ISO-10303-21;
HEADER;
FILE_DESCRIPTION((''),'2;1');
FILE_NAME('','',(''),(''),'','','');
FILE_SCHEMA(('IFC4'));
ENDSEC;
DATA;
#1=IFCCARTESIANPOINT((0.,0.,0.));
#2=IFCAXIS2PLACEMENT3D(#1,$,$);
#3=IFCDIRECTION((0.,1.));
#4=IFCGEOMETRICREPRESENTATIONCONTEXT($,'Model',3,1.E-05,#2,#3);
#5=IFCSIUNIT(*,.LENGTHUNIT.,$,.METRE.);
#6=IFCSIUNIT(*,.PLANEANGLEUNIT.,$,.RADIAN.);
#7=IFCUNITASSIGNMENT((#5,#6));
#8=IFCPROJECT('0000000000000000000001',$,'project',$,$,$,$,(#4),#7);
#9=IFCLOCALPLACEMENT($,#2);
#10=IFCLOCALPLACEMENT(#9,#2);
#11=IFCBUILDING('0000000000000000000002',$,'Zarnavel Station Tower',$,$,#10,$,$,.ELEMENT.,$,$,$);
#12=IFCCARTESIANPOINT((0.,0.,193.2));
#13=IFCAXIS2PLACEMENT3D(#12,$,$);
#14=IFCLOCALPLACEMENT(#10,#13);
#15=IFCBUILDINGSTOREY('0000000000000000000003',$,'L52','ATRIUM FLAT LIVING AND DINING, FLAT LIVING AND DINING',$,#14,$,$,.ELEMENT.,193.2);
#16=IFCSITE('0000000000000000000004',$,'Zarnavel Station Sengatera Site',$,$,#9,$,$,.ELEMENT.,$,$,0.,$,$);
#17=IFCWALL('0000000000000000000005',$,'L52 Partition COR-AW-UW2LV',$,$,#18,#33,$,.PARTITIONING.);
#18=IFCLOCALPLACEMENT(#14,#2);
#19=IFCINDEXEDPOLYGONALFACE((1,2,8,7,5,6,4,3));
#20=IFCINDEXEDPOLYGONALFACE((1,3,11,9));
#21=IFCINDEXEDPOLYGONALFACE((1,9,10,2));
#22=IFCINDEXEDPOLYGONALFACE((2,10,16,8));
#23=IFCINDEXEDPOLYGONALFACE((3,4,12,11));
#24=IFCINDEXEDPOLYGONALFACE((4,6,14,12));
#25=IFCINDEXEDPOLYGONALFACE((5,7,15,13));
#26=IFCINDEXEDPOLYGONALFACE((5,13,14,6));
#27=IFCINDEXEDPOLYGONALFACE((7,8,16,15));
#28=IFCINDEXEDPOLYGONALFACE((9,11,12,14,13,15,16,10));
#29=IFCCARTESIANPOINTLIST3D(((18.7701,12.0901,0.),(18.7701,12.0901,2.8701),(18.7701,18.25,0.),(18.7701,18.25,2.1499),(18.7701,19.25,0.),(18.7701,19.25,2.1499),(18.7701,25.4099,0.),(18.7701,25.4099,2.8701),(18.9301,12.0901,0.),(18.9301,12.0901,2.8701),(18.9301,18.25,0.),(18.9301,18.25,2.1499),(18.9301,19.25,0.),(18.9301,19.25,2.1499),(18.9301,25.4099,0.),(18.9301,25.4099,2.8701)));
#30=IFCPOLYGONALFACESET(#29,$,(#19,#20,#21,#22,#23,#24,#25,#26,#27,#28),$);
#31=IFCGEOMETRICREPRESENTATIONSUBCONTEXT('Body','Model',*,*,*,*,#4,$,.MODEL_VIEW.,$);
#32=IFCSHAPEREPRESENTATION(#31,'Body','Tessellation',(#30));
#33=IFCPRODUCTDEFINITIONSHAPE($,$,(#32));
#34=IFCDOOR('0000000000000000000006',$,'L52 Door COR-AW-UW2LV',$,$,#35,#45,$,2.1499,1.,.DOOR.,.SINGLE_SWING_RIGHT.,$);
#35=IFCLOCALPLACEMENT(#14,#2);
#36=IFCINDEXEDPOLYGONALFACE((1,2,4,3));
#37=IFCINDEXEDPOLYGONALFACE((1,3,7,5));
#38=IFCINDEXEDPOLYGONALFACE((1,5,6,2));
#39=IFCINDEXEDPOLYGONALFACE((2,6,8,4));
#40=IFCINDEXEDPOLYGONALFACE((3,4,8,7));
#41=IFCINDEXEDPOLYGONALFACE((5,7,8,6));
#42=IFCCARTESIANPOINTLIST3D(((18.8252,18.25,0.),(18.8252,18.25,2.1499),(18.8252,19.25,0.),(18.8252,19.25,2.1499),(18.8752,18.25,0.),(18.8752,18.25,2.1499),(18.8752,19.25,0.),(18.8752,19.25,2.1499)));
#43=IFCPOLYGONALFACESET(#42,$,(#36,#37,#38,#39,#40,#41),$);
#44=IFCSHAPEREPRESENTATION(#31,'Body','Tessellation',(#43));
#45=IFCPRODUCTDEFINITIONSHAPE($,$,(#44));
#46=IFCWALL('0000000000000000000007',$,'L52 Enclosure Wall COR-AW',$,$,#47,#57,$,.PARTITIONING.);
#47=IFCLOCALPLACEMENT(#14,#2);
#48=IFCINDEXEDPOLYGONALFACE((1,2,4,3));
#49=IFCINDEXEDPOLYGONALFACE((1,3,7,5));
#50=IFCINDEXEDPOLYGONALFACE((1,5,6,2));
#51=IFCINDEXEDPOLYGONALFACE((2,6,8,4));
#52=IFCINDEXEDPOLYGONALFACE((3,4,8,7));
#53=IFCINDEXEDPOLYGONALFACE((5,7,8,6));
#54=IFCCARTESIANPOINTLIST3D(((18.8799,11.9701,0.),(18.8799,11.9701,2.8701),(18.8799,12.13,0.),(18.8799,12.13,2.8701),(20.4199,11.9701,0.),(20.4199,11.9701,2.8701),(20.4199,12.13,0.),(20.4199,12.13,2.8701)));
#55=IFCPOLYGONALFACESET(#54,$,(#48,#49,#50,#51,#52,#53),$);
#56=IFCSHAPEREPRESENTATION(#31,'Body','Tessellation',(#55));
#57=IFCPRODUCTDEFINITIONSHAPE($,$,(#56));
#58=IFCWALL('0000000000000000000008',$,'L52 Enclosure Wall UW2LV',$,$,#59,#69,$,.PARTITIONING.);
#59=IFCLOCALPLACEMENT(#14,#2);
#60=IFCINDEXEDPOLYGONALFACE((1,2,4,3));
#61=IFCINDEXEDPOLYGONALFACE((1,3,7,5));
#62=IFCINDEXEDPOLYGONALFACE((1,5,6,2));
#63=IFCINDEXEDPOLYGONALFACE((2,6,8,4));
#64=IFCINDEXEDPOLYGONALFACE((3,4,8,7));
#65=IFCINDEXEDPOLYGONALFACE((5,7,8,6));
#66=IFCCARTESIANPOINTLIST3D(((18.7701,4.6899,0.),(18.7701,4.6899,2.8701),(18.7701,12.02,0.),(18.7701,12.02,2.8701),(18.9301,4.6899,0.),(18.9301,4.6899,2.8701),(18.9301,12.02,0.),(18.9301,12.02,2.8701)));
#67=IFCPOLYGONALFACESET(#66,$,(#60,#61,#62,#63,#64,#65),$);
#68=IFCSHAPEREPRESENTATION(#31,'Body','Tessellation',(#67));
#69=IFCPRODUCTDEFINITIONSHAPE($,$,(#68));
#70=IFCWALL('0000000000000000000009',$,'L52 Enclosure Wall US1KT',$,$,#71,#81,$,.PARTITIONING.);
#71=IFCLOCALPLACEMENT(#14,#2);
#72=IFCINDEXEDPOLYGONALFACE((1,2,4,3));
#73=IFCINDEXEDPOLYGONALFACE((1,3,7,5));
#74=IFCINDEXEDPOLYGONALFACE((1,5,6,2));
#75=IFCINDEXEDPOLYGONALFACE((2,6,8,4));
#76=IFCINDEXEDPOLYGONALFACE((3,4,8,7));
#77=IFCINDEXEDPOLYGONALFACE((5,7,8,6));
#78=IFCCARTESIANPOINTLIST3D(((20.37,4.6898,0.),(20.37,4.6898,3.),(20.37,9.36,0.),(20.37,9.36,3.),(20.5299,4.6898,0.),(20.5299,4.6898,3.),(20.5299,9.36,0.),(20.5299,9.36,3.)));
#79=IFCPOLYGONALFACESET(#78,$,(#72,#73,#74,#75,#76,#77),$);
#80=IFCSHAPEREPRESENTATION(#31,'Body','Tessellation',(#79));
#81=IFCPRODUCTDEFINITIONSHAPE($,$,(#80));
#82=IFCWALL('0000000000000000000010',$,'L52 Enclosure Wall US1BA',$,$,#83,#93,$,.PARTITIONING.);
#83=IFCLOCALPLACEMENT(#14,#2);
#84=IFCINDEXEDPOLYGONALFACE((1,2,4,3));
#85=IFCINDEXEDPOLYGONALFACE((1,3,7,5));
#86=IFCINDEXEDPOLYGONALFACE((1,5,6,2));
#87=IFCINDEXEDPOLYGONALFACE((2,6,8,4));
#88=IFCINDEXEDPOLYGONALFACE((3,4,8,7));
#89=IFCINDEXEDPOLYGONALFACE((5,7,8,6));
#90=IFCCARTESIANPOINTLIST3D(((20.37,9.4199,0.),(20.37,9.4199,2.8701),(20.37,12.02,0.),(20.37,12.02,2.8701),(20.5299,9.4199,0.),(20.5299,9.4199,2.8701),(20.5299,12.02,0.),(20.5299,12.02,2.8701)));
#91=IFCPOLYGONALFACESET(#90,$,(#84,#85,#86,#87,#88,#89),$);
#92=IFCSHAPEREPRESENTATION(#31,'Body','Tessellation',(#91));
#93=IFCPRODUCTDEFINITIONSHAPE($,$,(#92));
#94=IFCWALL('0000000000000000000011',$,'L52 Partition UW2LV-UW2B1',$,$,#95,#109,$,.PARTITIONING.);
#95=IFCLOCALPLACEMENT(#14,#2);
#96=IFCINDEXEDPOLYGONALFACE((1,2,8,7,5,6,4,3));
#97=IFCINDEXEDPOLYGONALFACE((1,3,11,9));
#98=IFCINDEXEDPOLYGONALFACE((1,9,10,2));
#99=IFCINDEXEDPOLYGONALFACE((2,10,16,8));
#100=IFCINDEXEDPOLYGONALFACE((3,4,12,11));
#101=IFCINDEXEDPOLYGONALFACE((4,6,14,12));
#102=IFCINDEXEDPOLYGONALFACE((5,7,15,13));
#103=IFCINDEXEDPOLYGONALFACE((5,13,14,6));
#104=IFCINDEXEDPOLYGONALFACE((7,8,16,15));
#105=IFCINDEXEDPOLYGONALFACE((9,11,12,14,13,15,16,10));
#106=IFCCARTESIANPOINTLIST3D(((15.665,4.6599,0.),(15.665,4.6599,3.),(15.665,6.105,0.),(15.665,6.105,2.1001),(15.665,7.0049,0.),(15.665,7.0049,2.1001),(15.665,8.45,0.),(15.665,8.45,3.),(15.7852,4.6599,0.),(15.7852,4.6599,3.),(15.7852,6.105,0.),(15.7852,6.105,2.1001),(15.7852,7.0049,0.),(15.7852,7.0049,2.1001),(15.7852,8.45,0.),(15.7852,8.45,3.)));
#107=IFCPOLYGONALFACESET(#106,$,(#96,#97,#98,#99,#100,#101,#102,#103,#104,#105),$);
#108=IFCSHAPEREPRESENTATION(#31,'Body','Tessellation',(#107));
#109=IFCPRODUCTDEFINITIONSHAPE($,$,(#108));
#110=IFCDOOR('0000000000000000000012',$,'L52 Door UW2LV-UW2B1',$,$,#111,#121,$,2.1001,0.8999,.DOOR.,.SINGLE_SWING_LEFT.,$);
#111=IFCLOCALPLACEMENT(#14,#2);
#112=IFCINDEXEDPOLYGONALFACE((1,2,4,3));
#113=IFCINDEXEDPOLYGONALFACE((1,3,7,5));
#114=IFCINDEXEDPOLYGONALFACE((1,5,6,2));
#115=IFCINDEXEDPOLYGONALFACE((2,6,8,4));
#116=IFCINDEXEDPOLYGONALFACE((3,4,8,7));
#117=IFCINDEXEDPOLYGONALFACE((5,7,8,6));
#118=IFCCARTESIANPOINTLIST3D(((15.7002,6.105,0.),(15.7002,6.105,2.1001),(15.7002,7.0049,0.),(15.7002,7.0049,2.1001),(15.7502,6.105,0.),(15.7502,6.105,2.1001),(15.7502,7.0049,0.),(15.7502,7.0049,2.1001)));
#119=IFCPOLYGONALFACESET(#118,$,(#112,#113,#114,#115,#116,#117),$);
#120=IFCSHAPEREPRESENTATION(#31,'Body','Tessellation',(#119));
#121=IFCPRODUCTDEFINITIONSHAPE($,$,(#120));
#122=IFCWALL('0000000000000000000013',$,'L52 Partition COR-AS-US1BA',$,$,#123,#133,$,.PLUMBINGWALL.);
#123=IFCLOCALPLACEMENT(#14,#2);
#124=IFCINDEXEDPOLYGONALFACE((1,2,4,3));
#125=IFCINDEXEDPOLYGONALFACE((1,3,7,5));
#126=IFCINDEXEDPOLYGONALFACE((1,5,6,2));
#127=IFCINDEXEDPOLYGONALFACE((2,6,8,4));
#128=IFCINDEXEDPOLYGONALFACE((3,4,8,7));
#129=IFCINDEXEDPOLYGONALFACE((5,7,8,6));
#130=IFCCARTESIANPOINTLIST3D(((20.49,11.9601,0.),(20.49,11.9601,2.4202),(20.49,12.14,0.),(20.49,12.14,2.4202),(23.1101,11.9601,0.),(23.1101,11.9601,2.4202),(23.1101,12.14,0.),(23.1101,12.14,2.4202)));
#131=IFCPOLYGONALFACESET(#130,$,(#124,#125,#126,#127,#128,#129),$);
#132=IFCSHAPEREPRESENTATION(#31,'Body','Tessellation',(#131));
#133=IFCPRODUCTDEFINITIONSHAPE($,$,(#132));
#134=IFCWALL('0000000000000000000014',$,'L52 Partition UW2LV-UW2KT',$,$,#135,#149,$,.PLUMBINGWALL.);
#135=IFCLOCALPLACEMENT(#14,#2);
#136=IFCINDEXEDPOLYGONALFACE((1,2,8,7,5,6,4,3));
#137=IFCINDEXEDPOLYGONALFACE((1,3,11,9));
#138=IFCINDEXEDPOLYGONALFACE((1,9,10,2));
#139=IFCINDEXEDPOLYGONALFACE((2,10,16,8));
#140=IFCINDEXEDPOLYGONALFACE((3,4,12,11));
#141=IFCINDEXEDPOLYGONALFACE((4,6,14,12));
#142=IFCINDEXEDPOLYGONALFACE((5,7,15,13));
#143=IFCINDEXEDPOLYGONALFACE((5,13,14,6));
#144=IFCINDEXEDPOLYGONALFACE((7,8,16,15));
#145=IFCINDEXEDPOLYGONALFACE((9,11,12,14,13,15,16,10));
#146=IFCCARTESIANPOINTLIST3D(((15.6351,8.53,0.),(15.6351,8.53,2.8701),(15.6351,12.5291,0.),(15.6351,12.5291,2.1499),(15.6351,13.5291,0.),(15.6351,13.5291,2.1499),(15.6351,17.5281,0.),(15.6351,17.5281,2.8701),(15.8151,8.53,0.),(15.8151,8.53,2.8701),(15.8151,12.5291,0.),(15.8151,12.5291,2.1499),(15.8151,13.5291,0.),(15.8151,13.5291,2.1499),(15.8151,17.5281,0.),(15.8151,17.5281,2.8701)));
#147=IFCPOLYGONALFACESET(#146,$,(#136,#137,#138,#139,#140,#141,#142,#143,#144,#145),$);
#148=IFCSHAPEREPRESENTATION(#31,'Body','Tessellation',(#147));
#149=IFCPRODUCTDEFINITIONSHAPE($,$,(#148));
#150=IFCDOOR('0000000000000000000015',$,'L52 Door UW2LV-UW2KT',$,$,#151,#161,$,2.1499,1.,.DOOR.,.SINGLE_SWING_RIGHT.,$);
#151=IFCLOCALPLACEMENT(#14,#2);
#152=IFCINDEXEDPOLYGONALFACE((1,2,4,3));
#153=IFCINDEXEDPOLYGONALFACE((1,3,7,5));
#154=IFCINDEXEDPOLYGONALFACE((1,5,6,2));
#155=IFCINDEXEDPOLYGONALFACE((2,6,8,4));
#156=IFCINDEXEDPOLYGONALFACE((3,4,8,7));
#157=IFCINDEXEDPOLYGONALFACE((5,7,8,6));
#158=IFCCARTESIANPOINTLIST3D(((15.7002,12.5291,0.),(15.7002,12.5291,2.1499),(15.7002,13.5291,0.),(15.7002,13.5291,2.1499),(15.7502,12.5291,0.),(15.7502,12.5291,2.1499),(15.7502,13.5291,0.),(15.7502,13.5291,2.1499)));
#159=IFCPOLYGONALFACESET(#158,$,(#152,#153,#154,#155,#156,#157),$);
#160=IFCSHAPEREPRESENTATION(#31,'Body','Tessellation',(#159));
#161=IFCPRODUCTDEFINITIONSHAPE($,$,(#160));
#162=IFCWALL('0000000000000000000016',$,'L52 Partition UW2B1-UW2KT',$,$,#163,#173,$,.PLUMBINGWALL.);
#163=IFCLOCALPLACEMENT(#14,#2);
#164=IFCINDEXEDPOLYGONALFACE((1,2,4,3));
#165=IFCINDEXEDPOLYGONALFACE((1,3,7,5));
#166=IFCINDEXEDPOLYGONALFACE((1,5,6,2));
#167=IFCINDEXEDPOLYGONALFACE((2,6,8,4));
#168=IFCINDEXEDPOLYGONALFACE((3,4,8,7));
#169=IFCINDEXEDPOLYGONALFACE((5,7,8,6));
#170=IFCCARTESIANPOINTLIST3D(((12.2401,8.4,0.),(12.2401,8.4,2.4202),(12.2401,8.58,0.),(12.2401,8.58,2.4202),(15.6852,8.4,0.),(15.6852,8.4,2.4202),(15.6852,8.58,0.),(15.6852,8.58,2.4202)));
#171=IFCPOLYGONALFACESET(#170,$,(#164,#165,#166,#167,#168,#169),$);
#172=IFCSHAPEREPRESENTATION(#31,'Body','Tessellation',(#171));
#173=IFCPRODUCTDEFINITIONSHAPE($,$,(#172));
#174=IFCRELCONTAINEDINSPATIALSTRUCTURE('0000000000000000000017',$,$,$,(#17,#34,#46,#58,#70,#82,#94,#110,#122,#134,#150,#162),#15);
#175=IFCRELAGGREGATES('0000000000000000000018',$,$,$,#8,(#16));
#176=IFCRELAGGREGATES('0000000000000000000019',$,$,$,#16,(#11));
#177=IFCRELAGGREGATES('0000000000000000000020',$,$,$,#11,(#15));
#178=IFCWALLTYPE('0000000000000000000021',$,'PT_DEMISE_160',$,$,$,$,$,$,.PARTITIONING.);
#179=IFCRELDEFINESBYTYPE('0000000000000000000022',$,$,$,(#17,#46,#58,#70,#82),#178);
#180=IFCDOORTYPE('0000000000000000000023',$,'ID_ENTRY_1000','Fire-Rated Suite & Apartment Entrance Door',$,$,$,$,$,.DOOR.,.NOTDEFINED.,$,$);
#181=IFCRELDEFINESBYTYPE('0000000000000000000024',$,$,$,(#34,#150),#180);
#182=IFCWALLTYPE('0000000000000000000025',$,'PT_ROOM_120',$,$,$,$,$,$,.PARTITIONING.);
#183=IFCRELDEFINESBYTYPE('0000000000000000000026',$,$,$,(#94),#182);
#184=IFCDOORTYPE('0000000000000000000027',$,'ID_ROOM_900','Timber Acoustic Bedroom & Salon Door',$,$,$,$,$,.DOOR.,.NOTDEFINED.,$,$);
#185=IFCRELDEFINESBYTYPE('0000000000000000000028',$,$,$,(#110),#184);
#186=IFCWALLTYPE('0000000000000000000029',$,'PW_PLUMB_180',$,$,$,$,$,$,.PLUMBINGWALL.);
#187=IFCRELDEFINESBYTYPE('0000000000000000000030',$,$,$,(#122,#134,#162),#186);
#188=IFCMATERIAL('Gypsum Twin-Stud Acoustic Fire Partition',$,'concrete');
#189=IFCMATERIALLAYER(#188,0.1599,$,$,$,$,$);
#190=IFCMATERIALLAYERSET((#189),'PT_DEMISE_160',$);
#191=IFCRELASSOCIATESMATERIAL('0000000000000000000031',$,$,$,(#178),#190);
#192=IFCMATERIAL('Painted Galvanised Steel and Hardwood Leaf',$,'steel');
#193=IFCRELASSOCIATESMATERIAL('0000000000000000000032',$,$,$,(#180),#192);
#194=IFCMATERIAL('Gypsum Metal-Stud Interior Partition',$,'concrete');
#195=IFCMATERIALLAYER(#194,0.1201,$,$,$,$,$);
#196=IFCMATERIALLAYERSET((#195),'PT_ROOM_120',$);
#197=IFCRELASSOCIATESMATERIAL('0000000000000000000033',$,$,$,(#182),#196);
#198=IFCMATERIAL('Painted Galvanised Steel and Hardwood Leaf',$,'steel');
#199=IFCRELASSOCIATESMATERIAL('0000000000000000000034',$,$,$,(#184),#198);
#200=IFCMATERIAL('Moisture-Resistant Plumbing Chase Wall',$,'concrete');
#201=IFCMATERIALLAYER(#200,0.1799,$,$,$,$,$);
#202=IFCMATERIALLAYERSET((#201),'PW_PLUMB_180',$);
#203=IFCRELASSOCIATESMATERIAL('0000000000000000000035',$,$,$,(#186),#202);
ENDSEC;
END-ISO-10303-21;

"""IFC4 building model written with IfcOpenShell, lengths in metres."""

from ifc_helpers import new_model, si_unit, direction, frame, frame_2d, origin, place, context, subcontext, project, spatial, rectangle, extrude, material, layer, layer_set, type_object, element, fill, save


model = new_model("IFC4")

# Units and contexts
model_context = context("Model", 3, precision=1e-05, world=origin(), true_north=direction((0.0, 1.0)))
body_context = subcontext(model_context, "Body", "Model", "MODEL_VIEW")
ifc_project = project(units=[si_unit("LENGTHUNIT", "METRE"), si_unit("PLANEANGLEUNIT", "RADIAN")], contexts=[model_context])

# Site, building, storey
site_placement = place(None, origin())
site = spatial("IfcSite", under=ifc_project, at=site_placement, Name="Zarnavel Station Sengatera Site", CompositionType="ELEMENT", RefElevation=0.0)
building_placement = place(site_placement, origin())
building = spatial("IfcBuilding", under=site, at=building_placement, Name="Zarnavel Station Tower", CompositionType="ELEMENT")
storey_placement = place(building_placement, frame((0.0, 0.0, 193.2)))
storey = spatial("IfcBuildingStorey", under=building, at=storey_placement, Name="L52", Description="ATRIUM FLAT LIVING AND DINING, FLAT LIVING AND DINING", CompositionType="ELEMENT", Elevation=193.2)

# Wall, opening, door
ifc_material_1 = material(Name="Gypsum Twin-Stud Acoustic Fire Partition", Category="concrete")
ifc_layer_1 = layer(ifc_material_1, 0.1599)
ifc_layer_set_1 = layer_set([ifc_layer_1], Name="PT_DEMISE_160")
wall_type_1 = type_object("IfcWallType", Name="PT_DEMISE_160", PredefinedType="PARTITIONING", material=ifc_layer_set_1)
wall_1_placement = place(storey_placement, frame((18.8501, 12.0901, 0.0), z_axis=(0.0, 0.0, 1.0), x_axis=(0.0, 1.0, 0.0)))
wall_1 = element("IfcWall", 1, at=wall_1_placement, inside=storey, type_object=wall_type_1, Name="L52 Partition COR-AW-UW2LV", PredefinedType="PARTITIONING", context=body_context, shape_type="SweptSolid", body=[
    extrude(rectangle(XDim=13.3198, YDim=0.1599, at=frame_2d((6.6599, 0.0))), origin(), (0.0, 0.0, 1.0), 2.8701),
])
opening_1_placement = place(wall_1_placement, frame((6.1599, 0.0, 0.0)))
opening_1 = element("IfcOpeningElement", 2, at=opening_1_placement, cuts=wall_1, PredefinedType="OPENING", context=body_context, shape_type="SweptSolid", body=[
    extrude(rectangle(XDim=1.0, YDim=2.1499, at=frame_2d((0.5, 1.075))), frame((0.0, 0.0898, 0.0), z_axis=(0.0, -1.0, 0.0), x_axis=(1.0, 0.0, 0.0)), (0.0, 0.0, 1.0), 0.1799),
])
ifc_material_2 = material(Name="Painted Galvanised Steel and Hardwood Leaf", Category="steel")
door_type_1 = type_object("IfcDoorType", Name="ID_ENTRY_1000", Description="Fire-Rated Suite & Apartment Entrance Door", OperationType="NOTDEFINED", PredefinedType="DOOR", material=ifc_material_2)
door_1_placement = place(opening_1_placement, origin())
door_1 = element("IfcDoor", 3, at=door_1_placement, inside=storey, type_object=door_type_1, Name="L52 Door COR-AW-UW2LV", OperationType="SINGLE_SWING_RIGHT", OverallHeight=2.1499, OverallWidth=1.0, PredefinedType="DOOR", context=body_context, shape_type="SweptSolid", body=[
    extrude(rectangle(XDim=1.0, YDim=2.1499, at=frame_2d((0.5, 1.075))), frame((0.0, 0.0249, 0.0), z_axis=(0.0, -1.0, 0.0), x_axis=(1.0, 0.0, 0.0)), (0.0, 0.0, 1.0), 0.05),
])
fill(opening_1, door_1)

# Walls
wall_2_placement = place(storey_placement, frame((18.8799, 12.05, 0.0), z_axis=(0.0, 0.0, 1.0), x_axis=(1.0, 0.0, 0.0)))
element("IfcWall", 4, at=wall_2_placement, inside=storey, type_object=wall_type_1, Name="L52 Enclosure Wall COR-AW", PredefinedType="PARTITIONING", context=body_context, shape_type="SweptSolid", body=[
    extrude(rectangle(XDim=1.54, YDim=0.1599, at=frame_2d((0.77, 0.0))), origin(), (0.0, 0.0, 1.0), 2.8701),
])
wall_3_placement = place(storey_placement, frame((18.8501, 4.6899, 0.0), z_axis=(0.0, 0.0, 1.0), x_axis=(0.0, 1.0, 0.0)))
element("IfcWall", 5, at=wall_3_placement, inside=storey, type_object=wall_type_1, Name="L52 Enclosure Wall UW2LV", PredefinedType="PARTITIONING", context=body_context, shape_type="SweptSolid", body=[
    extrude(rectangle(XDim=7.3301, YDim=0.1599, at=frame_2d((3.665, 0.0))), origin(), (0.0, 0.0, 1.0), 2.8701),
])
wall_4_placement = place(storey_placement, frame((20.45, 4.6899, 0.0), z_axis=(0.0, 0.0, 1.0), x_axis=(0.0, 1.0, 0.0)))
element("IfcWall", 6, at=wall_4_placement, inside=storey, type_object=wall_type_1, Name="L52 Enclosure Wall US1KT", PredefinedType="PARTITIONING", context=body_context, shape_type="SweptSolid", body=[
    extrude(rectangle(XDim=4.6702, YDim=0.1599, at=frame_2d((2.335, 0.0))), origin(), (0.0, 0.0, 1.0), 3.0),
])
wall_5_placement = place(storey_placement, frame((20.45, 9.4199, 0.0), z_axis=(0.0, 0.0, 1.0), x_axis=(0.0, 1.0, 0.0)))
element("IfcWall", 7, at=wall_5_placement, inside=storey, type_object=wall_type_1, Name="L52 Enclosure Wall US1BA", PredefinedType="PARTITIONING", context=body_context, shape_type="SweptSolid", body=[
    extrude(rectangle(XDim=2.6001, YDim=0.1599, at=frame_2d((1.3, 0.0))), origin(), (0.0, 0.0, 1.0), 2.8701),
])

# Wall, opening, door
ifc_material_3 = material(Name="Gypsum Metal-Stud Interior Partition", Category="concrete")
ifc_layer_2 = layer(ifc_material_3, 0.1201)
ifc_layer_set_2 = layer_set([ifc_layer_2], Name="PT_ROOM_120")
wall_type_2 = type_object("IfcWallType", Name="PT_ROOM_120", PredefinedType="PARTITIONING", material=ifc_layer_set_2)
wall_6_placement = place(storey_placement, frame((15.7251, 4.6599, 0.0), z_axis=(0.0, 0.0, 1.0), x_axis=(0.0, 1.0, 0.0)))
wall_6 = element("IfcWall", 8, at=wall_6_placement, inside=storey, type_object=wall_type_2, Name="L52 Partition UW2LV-UW2B1", PredefinedType="PARTITIONING", context=body_context, shape_type="SweptSolid", body=[
    extrude(rectangle(XDim=3.79, YDim=0.1201, at=frame_2d((1.895, 0.0))), origin(), (0.0, 0.0, 1.0), 3.0),
])
opening_2_placement = place(wall_6_placement, frame((1.4451, 0.0, 0.0)))
opening_2 = element("IfcOpeningElement", 9, at=opening_2_placement, cuts=wall_6, PredefinedType="OPENING", context=body_context, shape_type="SweptSolid", body=[
    extrude(rectangle(XDim=0.8999, YDim=2.1001, at=frame_2d((0.45, 1.05))), frame((0.0, 0.0701, 0.0), z_axis=(0.0, -1.0, 0.0), x_axis=(1.0, 0.0, 0.0)), (0.0, 0.0, 1.0), 0.1401),
])
ifc_material_4 = material(Name="Painted Galvanised Steel and Hardwood Leaf", Category="steel")
door_type_2 = type_object("IfcDoorType", Name="ID_ROOM_900", Description="Timber Acoustic Bedroom & Salon Door", OperationType="NOTDEFINED", PredefinedType="DOOR", material=ifc_material_4)
door_2_placement = place(opening_2_placement, origin())
door_2 = element("IfcDoor", 10, at=door_2_placement, inside=storey, type_object=door_type_2, Name="L52 Door UW2LV-UW2B1", OperationType="SINGLE_SWING_LEFT", OverallHeight=2.1001, OverallWidth=0.8999, PredefinedType="DOOR", context=body_context, shape_type="SweptSolid", body=[
    extrude(rectangle(XDim=0.8999, YDim=2.1001, at=frame_2d((0.45, 1.05))), frame((0.0, 0.0249, 0.0), z_axis=(0.0, -1.0, 0.0), x_axis=(1.0, 0.0, 0.0)), (0.0, 0.0, 1.0), 0.05),
])
fill(opening_2, door_2)

# Wall
ifc_material_5 = material(Name="Moisture-Resistant Plumbing Chase Wall", Category="concrete")
ifc_layer_3 = layer(ifc_material_5, 0.1799)
ifc_layer_set_3 = layer_set([ifc_layer_3], Name="PW_PLUMB_180")
wall_type_3 = type_object("IfcWallType", Name="PW_PLUMB_180", PredefinedType="PLUMBINGWALL", material=ifc_layer_set_3)
wall_7_placement = place(storey_placement, frame((20.49, 12.05, 0.0), z_axis=(0.0, 0.0, 1.0), x_axis=(1.0, 0.0, 0.0)))
element("IfcWall", 11, at=wall_7_placement, inside=storey, type_object=wall_type_3, Name="L52 Partition COR-AS-US1BA", PredefinedType="PLUMBINGWALL", context=body_context, shape_type="SweptSolid", body=[
    extrude(rectangle(XDim=2.6201, YDim=0.1799, at=frame_2d((1.3101, 0.0))), origin(), (0.0, 0.0, 1.0), 2.4202),
])

# Wall, opening, door
wall_8_placement = place(storey_placement, frame((15.7251, 8.53, 0.0), z_axis=(0.0, 0.0, 1.0), x_axis=(0.0, 1.0, 0.0)))
wall_8 = element("IfcWall", 12, at=wall_8_placement, inside=storey, type_object=wall_type_3, Name="L52 Partition UW2LV-UW2KT", PredefinedType="PLUMBINGWALL", context=body_context, shape_type="SweptSolid", body=[
    extrude(rectangle(XDim=8.998, YDim=0.1799, at=frame_2d((4.499, 0.0))), origin(), (0.0, 0.0, 1.0), 2.8701),
])
opening_3_placement = place(wall_8_placement, frame((3.999, 0.0, 0.0)))
opening_3 = element("IfcOpeningElement", 13, at=opening_3_placement, cuts=wall_8, PredefinedType="OPENING", context=body_context, shape_type="SweptSolid", body=[
    extrude(rectangle(XDim=1.0, YDim=2.1499, at=frame_2d((0.5, 1.075))), frame((0.0, 0.0999, 0.0), z_axis=(0.0, -1.0, 0.0), x_axis=(1.0, 0.0, 0.0)), (0.0, 0.0, 1.0), 0.2),
])
door_3_placement = place(opening_3_placement, origin())
door_3 = element("IfcDoor", 14, at=door_3_placement, inside=storey, type_object=door_type_1, Name="L52 Door UW2LV-UW2KT", OperationType="SINGLE_SWING_RIGHT", OverallHeight=2.1499, OverallWidth=1.0, PredefinedType="DOOR", context=body_context, shape_type="SweptSolid", body=[
    extrude(rectangle(XDim=1.0, YDim=2.1499, at=frame_2d((0.5, 1.075))), frame((0.0, 0.0249, 0.0), z_axis=(0.0, -1.0, 0.0), x_axis=(1.0, 0.0, 0.0)), (0.0, 0.0, 1.0), 0.05),
])
fill(opening_3, door_3)

# Wall
wall_9_placement = place(storey_placement, frame((12.24, 8.49, 0.0), z_axis=(0.0, 0.0, 1.0), x_axis=(1.0, 0.0, 0.0)))
element("IfcWall", 15, at=wall_9_placement, inside=storey, type_object=wall_type_3, Name="L52 Partition UW2B1-UW2KT", PredefinedType="PLUMBINGWALL", context=body_context, shape_type="SweptSolid", body=[
    extrude(rectangle(XDim=3.4451, YDim=0.1799, at=frame_2d((1.7227, 0.0))), origin(), (0.0, 0.0, 1.0), 2.4202),
])

save(model, "model.ifc")
